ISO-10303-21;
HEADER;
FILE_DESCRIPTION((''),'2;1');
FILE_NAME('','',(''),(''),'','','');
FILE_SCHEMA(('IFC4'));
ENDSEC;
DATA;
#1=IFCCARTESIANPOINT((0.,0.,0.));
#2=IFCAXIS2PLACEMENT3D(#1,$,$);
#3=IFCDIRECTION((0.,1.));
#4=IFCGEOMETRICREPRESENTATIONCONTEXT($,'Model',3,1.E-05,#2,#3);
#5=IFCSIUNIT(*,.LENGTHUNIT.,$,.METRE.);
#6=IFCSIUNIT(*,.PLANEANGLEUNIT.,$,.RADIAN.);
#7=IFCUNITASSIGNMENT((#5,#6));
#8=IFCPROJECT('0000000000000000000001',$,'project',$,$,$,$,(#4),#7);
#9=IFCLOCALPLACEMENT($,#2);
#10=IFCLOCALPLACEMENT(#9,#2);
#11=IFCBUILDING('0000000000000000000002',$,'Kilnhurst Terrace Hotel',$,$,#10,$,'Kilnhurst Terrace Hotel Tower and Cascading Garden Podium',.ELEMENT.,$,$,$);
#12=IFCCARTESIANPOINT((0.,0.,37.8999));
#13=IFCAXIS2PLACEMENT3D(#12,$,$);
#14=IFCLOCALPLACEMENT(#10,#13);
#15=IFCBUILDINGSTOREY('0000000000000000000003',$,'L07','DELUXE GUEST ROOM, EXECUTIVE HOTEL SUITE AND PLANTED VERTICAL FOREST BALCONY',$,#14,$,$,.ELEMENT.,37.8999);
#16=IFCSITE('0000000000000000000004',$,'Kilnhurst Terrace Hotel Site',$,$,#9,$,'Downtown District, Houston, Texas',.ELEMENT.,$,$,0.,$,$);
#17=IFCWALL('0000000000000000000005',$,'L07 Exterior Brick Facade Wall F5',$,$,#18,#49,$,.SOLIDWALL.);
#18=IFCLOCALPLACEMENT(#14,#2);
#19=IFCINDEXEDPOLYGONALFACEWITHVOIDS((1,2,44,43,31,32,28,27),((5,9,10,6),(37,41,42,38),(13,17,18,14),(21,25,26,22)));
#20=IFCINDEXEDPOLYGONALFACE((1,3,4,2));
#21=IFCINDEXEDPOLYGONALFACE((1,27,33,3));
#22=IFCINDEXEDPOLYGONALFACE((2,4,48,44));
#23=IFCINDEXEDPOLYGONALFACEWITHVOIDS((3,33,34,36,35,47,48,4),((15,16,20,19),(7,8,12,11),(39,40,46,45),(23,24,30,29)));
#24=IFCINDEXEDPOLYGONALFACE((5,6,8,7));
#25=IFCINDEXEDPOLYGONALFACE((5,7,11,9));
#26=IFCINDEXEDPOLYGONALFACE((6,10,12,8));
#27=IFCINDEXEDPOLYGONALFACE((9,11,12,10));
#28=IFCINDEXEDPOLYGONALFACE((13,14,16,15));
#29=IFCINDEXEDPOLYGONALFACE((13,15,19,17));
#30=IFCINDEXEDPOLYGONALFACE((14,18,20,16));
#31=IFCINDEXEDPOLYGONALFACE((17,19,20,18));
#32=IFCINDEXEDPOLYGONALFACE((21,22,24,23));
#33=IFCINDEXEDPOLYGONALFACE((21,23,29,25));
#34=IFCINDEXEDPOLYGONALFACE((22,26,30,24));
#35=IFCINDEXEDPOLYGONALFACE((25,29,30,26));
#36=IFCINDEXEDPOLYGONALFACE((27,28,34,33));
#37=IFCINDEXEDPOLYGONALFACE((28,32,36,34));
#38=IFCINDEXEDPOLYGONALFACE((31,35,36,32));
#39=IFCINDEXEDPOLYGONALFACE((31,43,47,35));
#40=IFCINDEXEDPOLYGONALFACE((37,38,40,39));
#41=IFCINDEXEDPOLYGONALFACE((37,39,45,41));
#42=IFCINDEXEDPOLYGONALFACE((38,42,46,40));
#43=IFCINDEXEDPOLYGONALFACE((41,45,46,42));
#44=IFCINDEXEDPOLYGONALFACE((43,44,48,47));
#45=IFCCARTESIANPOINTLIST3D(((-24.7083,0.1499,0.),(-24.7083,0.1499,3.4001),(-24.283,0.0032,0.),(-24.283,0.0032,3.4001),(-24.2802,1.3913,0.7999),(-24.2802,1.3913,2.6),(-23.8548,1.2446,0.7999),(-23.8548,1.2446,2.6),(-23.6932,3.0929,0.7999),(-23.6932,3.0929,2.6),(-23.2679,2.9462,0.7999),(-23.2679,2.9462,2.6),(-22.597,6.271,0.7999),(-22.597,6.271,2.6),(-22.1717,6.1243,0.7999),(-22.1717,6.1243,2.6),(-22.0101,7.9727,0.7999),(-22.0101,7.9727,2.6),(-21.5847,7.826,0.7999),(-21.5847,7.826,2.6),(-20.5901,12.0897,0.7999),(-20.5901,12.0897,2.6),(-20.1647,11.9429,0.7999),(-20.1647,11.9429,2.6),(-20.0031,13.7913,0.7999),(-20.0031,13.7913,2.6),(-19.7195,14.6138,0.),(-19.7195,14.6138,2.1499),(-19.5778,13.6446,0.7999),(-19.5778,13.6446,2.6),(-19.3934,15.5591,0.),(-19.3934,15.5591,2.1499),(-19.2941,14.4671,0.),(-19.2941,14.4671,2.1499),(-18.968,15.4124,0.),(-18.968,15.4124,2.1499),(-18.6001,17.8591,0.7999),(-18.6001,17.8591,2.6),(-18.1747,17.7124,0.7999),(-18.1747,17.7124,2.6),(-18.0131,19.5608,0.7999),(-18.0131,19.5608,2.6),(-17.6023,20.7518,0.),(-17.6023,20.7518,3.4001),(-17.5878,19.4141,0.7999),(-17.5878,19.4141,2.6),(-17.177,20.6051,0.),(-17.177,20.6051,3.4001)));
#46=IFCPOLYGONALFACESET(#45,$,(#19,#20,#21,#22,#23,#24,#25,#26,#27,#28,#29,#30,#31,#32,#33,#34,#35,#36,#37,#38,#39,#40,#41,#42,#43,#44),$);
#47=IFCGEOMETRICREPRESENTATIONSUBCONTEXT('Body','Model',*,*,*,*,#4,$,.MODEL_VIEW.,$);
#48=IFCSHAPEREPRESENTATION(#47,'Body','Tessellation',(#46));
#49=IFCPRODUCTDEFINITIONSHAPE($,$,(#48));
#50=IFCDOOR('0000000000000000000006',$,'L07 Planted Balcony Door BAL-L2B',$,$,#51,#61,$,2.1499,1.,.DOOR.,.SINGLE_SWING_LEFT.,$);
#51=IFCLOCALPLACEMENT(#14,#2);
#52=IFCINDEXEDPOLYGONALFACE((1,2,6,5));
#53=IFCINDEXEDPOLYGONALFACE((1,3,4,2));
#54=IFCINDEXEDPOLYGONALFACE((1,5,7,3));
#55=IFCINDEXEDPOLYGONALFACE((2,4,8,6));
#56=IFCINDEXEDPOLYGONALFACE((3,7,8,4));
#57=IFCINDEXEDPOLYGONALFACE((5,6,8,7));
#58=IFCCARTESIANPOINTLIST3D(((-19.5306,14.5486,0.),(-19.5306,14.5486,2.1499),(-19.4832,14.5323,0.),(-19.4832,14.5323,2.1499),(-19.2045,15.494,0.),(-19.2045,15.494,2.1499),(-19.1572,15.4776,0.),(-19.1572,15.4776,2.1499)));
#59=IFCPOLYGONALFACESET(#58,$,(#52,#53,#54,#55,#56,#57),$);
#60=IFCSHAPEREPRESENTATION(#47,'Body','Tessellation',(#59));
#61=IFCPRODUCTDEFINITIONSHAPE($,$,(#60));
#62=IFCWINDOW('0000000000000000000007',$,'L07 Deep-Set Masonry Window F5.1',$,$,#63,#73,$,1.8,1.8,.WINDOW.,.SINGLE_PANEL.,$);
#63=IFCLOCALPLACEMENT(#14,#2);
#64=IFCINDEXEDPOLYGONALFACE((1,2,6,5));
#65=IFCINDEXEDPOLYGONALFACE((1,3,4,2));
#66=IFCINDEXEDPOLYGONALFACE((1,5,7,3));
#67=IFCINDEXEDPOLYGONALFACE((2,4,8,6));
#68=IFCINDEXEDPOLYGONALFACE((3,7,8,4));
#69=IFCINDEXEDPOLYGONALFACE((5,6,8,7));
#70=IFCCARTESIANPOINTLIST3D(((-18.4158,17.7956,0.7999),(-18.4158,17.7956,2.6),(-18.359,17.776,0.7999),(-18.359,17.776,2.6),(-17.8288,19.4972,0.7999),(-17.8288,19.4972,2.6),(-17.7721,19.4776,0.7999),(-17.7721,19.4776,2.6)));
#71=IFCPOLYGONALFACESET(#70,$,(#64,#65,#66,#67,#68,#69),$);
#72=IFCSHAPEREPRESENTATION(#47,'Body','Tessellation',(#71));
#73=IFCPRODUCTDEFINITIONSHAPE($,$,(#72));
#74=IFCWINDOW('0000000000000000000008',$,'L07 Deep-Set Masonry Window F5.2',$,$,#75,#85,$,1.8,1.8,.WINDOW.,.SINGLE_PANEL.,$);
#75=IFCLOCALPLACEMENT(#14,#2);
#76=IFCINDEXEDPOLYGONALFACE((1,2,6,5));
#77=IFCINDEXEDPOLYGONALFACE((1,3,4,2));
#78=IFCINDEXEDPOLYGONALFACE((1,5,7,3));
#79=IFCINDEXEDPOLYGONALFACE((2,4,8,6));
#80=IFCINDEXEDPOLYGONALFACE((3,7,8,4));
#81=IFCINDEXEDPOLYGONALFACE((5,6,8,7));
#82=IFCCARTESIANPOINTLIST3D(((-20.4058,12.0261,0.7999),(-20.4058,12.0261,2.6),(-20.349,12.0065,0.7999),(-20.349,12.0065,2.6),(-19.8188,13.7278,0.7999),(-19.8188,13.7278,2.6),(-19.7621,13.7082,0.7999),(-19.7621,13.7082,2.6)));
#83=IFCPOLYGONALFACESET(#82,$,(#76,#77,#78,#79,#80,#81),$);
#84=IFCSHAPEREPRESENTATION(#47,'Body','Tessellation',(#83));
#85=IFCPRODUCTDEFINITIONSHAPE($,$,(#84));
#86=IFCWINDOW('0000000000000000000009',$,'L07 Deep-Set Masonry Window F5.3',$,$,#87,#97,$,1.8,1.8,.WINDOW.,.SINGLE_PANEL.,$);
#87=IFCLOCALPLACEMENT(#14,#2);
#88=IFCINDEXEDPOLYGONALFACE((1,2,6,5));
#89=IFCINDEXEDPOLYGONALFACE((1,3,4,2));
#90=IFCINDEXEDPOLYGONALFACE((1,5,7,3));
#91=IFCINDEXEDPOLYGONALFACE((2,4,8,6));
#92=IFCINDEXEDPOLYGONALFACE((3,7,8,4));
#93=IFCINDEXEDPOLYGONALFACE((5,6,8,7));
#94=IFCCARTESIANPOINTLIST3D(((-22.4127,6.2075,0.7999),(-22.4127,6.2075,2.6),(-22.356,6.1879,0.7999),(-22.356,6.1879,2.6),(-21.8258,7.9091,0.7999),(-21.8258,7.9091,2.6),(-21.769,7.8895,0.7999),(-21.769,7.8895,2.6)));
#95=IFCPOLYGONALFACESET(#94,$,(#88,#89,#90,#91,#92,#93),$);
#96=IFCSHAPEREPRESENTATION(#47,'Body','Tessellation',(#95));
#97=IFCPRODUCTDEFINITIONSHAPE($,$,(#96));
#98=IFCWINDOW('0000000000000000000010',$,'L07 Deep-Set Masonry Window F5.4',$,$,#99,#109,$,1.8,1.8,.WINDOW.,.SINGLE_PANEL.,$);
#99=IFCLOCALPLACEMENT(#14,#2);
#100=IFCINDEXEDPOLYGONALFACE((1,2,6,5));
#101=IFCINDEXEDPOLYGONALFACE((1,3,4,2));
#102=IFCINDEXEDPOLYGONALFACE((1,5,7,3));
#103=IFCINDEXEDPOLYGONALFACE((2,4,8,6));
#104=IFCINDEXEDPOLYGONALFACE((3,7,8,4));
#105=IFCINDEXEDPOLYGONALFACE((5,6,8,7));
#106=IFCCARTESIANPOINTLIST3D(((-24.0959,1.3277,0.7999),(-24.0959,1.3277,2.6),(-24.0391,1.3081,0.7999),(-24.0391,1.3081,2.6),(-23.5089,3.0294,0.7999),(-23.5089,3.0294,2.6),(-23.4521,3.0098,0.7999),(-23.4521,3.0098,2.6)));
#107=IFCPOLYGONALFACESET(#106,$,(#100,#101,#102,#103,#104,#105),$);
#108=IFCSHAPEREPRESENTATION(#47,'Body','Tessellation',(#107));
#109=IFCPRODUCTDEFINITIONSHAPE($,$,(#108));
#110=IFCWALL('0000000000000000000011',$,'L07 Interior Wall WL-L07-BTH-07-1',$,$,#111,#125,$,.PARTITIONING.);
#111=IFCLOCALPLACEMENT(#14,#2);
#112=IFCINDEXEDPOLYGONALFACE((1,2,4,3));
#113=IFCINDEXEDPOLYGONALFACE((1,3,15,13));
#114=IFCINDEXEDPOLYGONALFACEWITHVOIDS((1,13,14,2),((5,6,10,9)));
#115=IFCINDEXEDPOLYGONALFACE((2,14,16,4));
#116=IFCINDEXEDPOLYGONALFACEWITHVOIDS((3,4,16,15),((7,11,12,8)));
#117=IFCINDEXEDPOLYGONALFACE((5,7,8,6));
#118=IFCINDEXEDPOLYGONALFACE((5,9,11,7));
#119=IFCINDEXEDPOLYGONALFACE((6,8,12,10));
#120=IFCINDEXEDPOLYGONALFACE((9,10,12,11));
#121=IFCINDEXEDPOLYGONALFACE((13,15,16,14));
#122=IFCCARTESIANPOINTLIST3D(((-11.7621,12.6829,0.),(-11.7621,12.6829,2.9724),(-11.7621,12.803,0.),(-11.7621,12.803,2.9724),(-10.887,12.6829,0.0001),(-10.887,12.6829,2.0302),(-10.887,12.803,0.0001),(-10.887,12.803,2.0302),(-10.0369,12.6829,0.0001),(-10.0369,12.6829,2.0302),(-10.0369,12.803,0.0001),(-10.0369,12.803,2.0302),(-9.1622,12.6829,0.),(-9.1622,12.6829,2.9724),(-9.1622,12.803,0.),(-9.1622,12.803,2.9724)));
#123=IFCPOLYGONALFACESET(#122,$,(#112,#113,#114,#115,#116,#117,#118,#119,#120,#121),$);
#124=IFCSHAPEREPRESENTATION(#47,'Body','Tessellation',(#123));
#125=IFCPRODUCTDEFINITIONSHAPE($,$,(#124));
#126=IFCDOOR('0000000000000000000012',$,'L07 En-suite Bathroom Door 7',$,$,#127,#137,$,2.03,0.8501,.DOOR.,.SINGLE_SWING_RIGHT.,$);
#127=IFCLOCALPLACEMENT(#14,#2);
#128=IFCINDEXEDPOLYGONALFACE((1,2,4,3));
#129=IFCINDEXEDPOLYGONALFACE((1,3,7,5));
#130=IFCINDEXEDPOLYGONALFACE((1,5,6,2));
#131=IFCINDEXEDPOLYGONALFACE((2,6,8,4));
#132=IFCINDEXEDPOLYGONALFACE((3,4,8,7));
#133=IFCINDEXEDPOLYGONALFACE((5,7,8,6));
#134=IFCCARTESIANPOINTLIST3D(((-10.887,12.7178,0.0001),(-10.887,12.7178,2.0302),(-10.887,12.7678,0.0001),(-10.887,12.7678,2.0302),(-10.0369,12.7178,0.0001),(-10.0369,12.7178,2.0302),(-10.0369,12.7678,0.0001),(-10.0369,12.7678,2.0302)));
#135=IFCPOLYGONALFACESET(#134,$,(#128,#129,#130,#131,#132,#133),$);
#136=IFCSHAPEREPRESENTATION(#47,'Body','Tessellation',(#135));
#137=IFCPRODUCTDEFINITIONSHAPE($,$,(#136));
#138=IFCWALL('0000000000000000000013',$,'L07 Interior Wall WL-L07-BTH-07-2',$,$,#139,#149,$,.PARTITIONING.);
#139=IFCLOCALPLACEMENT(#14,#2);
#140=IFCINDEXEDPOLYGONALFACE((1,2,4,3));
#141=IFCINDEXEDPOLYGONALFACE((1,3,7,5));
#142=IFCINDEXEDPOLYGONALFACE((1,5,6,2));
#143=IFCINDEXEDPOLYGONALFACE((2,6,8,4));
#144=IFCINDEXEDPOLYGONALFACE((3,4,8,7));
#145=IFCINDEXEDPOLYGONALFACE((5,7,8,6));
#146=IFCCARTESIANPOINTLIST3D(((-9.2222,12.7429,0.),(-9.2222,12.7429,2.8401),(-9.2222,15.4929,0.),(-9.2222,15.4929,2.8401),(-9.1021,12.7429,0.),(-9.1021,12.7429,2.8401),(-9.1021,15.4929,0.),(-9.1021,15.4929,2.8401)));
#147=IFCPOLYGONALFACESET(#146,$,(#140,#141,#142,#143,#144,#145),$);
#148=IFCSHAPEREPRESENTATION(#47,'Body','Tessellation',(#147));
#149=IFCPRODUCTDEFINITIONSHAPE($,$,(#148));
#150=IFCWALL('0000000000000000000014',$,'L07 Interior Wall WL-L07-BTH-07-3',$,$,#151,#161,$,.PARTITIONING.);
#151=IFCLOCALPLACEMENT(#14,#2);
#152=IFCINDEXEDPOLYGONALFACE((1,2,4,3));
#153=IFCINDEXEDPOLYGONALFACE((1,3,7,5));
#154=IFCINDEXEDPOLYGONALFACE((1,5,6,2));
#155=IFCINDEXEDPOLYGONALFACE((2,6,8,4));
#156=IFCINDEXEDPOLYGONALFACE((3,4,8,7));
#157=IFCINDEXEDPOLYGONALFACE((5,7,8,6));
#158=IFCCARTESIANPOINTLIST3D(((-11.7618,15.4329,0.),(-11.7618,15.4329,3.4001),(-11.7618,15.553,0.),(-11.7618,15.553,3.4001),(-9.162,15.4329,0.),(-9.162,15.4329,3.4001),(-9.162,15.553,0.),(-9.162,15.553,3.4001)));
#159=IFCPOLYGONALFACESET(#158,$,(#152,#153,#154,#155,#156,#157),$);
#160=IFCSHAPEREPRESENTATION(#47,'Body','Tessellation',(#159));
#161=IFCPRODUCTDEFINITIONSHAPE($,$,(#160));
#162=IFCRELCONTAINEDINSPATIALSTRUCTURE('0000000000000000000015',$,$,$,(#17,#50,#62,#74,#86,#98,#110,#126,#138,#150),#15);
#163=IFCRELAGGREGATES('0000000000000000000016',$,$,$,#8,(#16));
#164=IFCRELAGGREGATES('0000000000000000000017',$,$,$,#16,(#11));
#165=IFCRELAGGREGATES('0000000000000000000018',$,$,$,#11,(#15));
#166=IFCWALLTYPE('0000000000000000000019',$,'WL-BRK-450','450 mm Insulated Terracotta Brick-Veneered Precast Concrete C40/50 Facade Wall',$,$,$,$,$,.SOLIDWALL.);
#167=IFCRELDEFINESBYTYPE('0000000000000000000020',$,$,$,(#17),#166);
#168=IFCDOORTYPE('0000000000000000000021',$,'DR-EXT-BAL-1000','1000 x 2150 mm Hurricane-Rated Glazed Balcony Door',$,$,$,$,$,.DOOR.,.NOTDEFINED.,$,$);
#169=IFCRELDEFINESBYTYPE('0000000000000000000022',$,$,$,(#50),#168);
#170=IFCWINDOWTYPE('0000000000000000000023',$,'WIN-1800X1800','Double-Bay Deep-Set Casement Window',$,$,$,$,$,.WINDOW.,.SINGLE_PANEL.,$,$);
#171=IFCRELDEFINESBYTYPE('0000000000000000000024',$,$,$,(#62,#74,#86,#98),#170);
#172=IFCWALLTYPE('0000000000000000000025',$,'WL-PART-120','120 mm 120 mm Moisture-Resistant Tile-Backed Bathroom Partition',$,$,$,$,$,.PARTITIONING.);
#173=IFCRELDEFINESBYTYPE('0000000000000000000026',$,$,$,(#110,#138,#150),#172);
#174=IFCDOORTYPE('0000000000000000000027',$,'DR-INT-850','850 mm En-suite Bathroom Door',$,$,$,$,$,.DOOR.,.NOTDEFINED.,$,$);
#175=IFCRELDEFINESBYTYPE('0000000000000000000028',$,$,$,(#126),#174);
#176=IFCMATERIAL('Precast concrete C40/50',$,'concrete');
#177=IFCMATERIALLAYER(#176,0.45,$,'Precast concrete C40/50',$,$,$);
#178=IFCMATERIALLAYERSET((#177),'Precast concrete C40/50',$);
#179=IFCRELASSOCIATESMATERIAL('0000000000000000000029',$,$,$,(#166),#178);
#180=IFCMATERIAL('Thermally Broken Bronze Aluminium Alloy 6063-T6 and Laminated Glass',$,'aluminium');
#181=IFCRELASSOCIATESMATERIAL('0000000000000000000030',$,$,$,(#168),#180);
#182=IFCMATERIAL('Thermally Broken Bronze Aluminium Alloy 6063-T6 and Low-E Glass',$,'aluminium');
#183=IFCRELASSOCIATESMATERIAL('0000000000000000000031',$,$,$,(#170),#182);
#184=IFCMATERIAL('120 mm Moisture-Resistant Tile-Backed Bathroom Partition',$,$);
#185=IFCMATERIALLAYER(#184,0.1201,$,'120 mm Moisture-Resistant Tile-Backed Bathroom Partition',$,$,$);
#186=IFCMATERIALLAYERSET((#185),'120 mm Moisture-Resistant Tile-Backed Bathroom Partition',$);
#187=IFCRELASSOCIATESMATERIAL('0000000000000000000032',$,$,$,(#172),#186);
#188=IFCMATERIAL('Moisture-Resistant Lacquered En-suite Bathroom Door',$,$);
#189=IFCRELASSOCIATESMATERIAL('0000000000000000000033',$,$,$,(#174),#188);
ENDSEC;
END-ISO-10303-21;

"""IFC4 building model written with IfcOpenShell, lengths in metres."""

from ifc_helpers import new_model, si_unit, direction, frame, frame_2d, origin, place, context, subcontext, project, spatial, rectangle, extrude, material, layer, layer_set, type_object, element, fill, save


model = new_model("IFC4")

# Units and contexts
model_context = context("Model", 3, precision=1e-05, world=origin(), true_north=direction((0.0, 1.0)))
body_context = subcontext(model_context, "Body", "Model", "MODEL_VIEW")
ifc_project = project(units=[si_unit("LENGTHUNIT", "METRE"), si_unit("PLANEANGLEUNIT", "RADIAN")], contexts=[model_context])

# Site, building, storey
site_placement = place(None, origin())
site = spatial("IfcSite", under=ifc_project, at=site_placement, Name="Kilnhurst Terrace Hotel Site", LongName="Downtown District, Houston, Texas", CompositionType="ELEMENT", RefElevation=0.0)
building_placement = place(site_placement, origin())
building = spatial("IfcBuilding", under=site, at=building_placement, Name="Kilnhurst Terrace Hotel", LongName="Kilnhurst Terrace Hotel Tower and Cascading Garden Podium", CompositionType="ELEMENT")
storey_placement = place(building_placement, frame((0.0, 0.0, 37.8999)))
storey = spatial("IfcBuildingStorey", under=building, at=storey_placement, Name="L07", Description="DELUXE GUEST ROOM, EXECUTIVE HOTEL SUITE AND PLANTED VERTICAL FOREST BALCONY", CompositionType="ELEMENT", Elevation=37.8999)

# Shared definitions
ifc_material_1 = material(Name="Precast concrete C40/50", Category="concrete")
ifc_layer_1 = layer(ifc_material_1, 0.45, Name="Precast concrete C40/50")
ifc_layer_set_1 = layer_set([ifc_layer_1], Name="Precast concrete C40/50")
wall_type_1 = type_object("IfcWallType", Name="WL-BRK-450", Description="450 mm Insulated Terracotta Brick-Veneered Precast Concrete C40/50 Facade Wall", PredefinedType="SOLIDWALL", material=ifc_layer_set_1)

# Wall, openings, door, windows
wall_1_placement = place(storey_placement, frame((-17.3896, 20.6785, 0.0), z_axis=(0.0, 0.0, 1.0), x_axis=(-0.326068, -0.945346, 0.0)))
wall_1 = element("IfcWall", 1, at=wall_1_placement, inside=storey, type_object=wall_type_1, Name="L07 Exterior Brick Facade Wall F5", PredefinedType="SOLIDWALL", context=body_context, shape_type="SweptSolid", body=[
    extrude(rectangle(XDim=21.793, YDim=0.45, at=frame_2d((10.8965, 0.0))), origin(), (0.0, 0.0, 1.0), 3.4001),
])
opening_1_placement = place(wall_1_placement, frame((5.4929, 0.0, 0.0)))
opening_1 = element("IfcOpeningElement", 2, at=opening_1_placement, cuts=wall_1, PredefinedType="OPENING", context=body_context, shape_type="SweptSolid", body=[
    extrude(rectangle(XDim=1.0, YDim=2.1499, at=frame_2d((0.5, 1.075))), frame((0.0, 0.2349, 0.0), z_axis=(0.0, -1.0, 0.0), x_axis=(1.0, 0.0, 0.0)), (0.0, 0.0, 1.0), 0.47),
])
opening_2_placement = place(wall_1_placement, frame((1.26, 0.0, 0.8)))
opening_2 = element("IfcOpeningElement", 3, at=opening_2_placement, cuts=wall_1, PredefinedType="OPENING", context=body_context, shape_type="SweptSolid", body=[
    extrude(rectangle(XDim=1.8, YDim=1.8, at=frame_2d((0.8999, 0.8999))), frame((0.0, 0.2349, 0.0), z_axis=(0.0, -1.0, 0.0), x_axis=(1.0, 0.0, 0.0)), (0.0, 0.0, 1.0), 0.47),
])
opening_3_placement = place(wall_1_placement, frame((7.363, 0.0, 0.8)))
opening_3 = element("IfcOpeningElement", 4, at=opening_3_placement, cuts=wall_1, PredefinedType="OPENING", context=body_context, shape_type="SweptSolid", body=[
    extrude(rectangle(XDim=1.8, YDim=1.8, at=frame_2d((0.8999, 0.8999))), frame((0.0, 0.2349, 0.0), z_axis=(0.0, -1.0, 0.0), x_axis=(1.0, 0.0, 0.0)), (0.0, 0.0, 1.0), 0.47),
])
opening_4_placement = place(wall_1_placement, frame((13.5181, 0.0, 0.8)))
opening_4 = element("IfcOpeningElement", 5, at=opening_4_placement, cuts=wall_1, PredefinedType="OPENING", context=body_context, shape_type="SweptSolid", body=[
    extrude(rectangle(XDim=1.8, YDim=1.8, at=frame_2d((0.8999, 0.8999))), frame((0.0, 0.2349, 0.0), z_axis=(0.0, -1.0, 0.0), x_axis=(1.0, 0.0, 0.0)), (0.0, 0.0, 1.0), 0.47),
])
opening_5_placement = place(wall_1_placement, frame((18.6799, 0.0, 0.8)))
opening_5 = element("IfcOpeningElement", 6, at=opening_5_placement, cuts=wall_1, PredefinedType="OPENING", context=body_context, shape_type="SweptSolid", body=[
    extrude(rectangle(XDim=1.8, YDim=1.8, at=frame_2d((0.8999, 0.8999))), frame((0.0, 0.2349, 0.0), z_axis=(0.0, -1.0, 0.0), x_axis=(1.0, 0.0, 0.0)), (0.0, 0.0, 1.0), 0.47),
])
ifc_material_2 = material(Name="Thermally Broken Bronze Aluminium Alloy 6063-T6 and Laminated Glass", Category="aluminium")
door_type_1 = type_object("IfcDoorType", Name="DR-EXT-BAL-1000", Description="1000 x 2150 mm Hurricane-Rated Glazed Balcony Door", OperationType="NOTDEFINED", PredefinedType="DOOR", material=ifc_material_2)
door_1_placement = place(opening_1_placement, origin())
door_1 = element("IfcDoor", 7, at=door_1_placement, inside=storey, type_object=door_type_1, Name="L07 Planted Balcony Door BAL-L2B", OperationType="SINGLE_SWING_LEFT", OverallHeight=2.1499, OverallWidth=1.0, PredefinedType="DOOR", context=body_context, shape_type="SweptSolid", body=[
    extrude(rectangle(XDim=1.0, YDim=2.1499, at=frame_2d((0.5, 1.075))), frame((0.0, 0.0249, 0.0), z_axis=(0.0, -1.0, 0.0), x_axis=(1.0, 0.0, 0.0)), (0.0, 0.0, 1.0), 0.05),
])
fill(opening_1, door_1)
ifc_material_3 = material(Name="Thermally Broken Bronze Aluminium Alloy 6063-T6 and Low-E Glass", Category="aluminium")
window_type = type_object("IfcWindowType", Name="WIN-1800X1800", Description="Double-Bay Deep-Set Casement Window", PartitioningType="SINGLE_PANEL", PredefinedType="WINDOW", material=ifc_material_3)
window_1_placement = place(opening_2_placement, origin())
window_1 = element("IfcWindow", 8, at=window_1_placement, inside=storey, type_object=window_type, Name="L07 Deep-Set Masonry Window F5.1", OverallHeight=1.8, OverallWidth=1.8, PartitioningType="SINGLE_PANEL", PredefinedType="WINDOW", context=body_context, shape_type="SweptSolid", body=[
    extrude(rectangle(XDim=1.8, YDim=1.8, at=frame_2d((0.8999, 0.8999))), frame((0.0, 0.03, 0.0), z_axis=(0.0, -1.0, 0.0), x_axis=(1.0, 0.0, 0.0)), (0.0, 0.0, 1.0), 0.0601),
])
fill(opening_2, window_1)
window_2_placement = place(opening_3_placement, origin())
window_2 = element("IfcWindow", 9, at=window_2_placement, inside=storey, type_object=window_type, Name="L07 Deep-Set Masonry Window F5.2", OverallHeight=1.8, OverallWidth=1.8, PartitioningType="SINGLE_PANEL", PredefinedType="WINDOW", context=body_context, shape_type="SweptSolid", body=[
    extrude(rectangle(XDim=1.8, YDim=1.8, at=frame_2d((0.8999, 0.8999))), frame((0.0, 0.03, 0.0), z_axis=(0.0, -1.0, 0.0), x_axis=(1.0, 0.0, 0.0)), (0.0, 0.0, 1.0), 0.0601),
])
fill(opening_3, window_2)
window_3_placement = place(opening_4_placement, origin())
window_3 = element("IfcWindow", 10, at=window_3_placement, inside=storey, type_object=window_type, Name="L07 Deep-Set Masonry Window F5.3", OverallHeight=1.8, OverallWidth=1.8, PartitioningType="SINGLE_PANEL", PredefinedType="WINDOW", context=body_context, shape_type="SweptSolid", body=[
    extrude(rectangle(XDim=1.8, YDim=1.8, at=frame_2d((0.8999, 0.8999))), frame((0.0, 0.03, 0.0), z_axis=(0.0, -1.0, 0.0), x_axis=(1.0, 0.0, 0.0)), (0.0, 0.0, 1.0), 0.0601),
])
fill(opening_4, window_3)
window_4_placement = place(opening_5_placement, origin())
window_4 = element("IfcWindow", 11, at=window_4_placement, inside=storey, type_object=window_type, Name="L07 Deep-Set Masonry Window F5.4", OverallHeight=1.8, OverallWidth=1.8, PartitioningType="SINGLE_PANEL", PredefinedType="WINDOW", context=body_context, shape_type="SweptSolid", body=[
    extrude(rectangle(XDim=1.8, YDim=1.8, at=frame_2d((0.8999, 0.8999))), frame((0.0, 0.03, 0.0), z_axis=(0.0, -1.0, 0.0), x_axis=(1.0, 0.0, 0.0)), (0.0, 0.0, 1.0), 0.0601),
])
fill(opening_5, window_4)

# Wall, opening, door
ifc_material_4 = material(Name="120 mm Moisture-Resistant Tile-Backed Bathroom Partition")
ifc_layer_2 = layer(ifc_material_4, 0.1201, Name="120 mm Moisture-Resistant Tile-Backed Bathroom Partition")
ifc_layer_set_2 = layer_set([ifc_layer_2], Name="120 mm Moisture-Resistant Tile-Backed Bathroom Partition")
wall_type_2 = type_object("IfcWallType", Name="WL-PART-120", Description="120 mm 120 mm Moisture-Resistant Tile-Backed Bathroom Partition", PredefinedType="PARTITIONING", material=ifc_layer_set_2)
wall_2_placement = place(storey_placement, frame((-11.762, 12.7429, 0.0), z_axis=(0.0, 0.0, 1.0), x_axis=(1.0, 0.0, 0.0)))
wall_2 = element("IfcWall", 12, at=wall_2_placement, inside=storey, type_object=wall_type_2, Name="L07 Interior Wall WL-L07-BTH-07-1", PredefinedType="PARTITIONING", context=body_context, shape_type="SweptSolid", body=[
    extrude(rectangle(XDim=2.5999, YDim=0.1201, at=frame_2d((1.2998, 0.0))), origin(), (0.0, 0.0, 1.0), 2.9724),
])
opening_6_placement = place(wall_2_placement, frame((0.875, 0.0, 0.0)))
opening_6 = element("IfcOpeningElement", 13, at=opening_6_placement, cuts=wall_2, PredefinedType="OPENING", context=body_context, shape_type="SweptSolid", body=[
    extrude(rectangle(XDim=0.8501, YDim=2.03, at=frame_2d((0.425, 1.0151))), frame((0.0, 0.0701, 0.0), z_axis=(0.0, -1.0, 0.0), x_axis=(1.0, 0.0, 0.0)), (0.0, 0.0, 1.0), 0.1401),
])
ifc_material_5 = material(Name="Moisture-Resistant Lacquered En-suite Bathroom Door")
door_type_2 = type_object("IfcDoorType", Name="DR-INT-850", Description="850 mm En-suite Bathroom Door", OperationType="NOTDEFINED", PredefinedType="DOOR", material=ifc_material_5)
door_2_placement = place(opening_6_placement, origin())
door_2 = element("IfcDoor", 14, at=door_2_placement, inside=storey, type_object=door_type_2, Name="L07 En-suite Bathroom Door 7", OperationType="SINGLE_SWING_RIGHT", OverallHeight=2.03, OverallWidth=0.8501, PredefinedType="DOOR", context=body_context, shape_type="SweptSolid", body=[
    extrude(rectangle(XDim=0.8501, YDim=2.03, at=frame_2d((0.425, 1.0151))), frame((0.0, 0.0249, 0.0), z_axis=(0.0, -1.0, 0.0), x_axis=(1.0, 0.0, 0.0)), (0.0, 0.0, 1.0), 0.05),
])
fill(opening_6, door_2)

# Walls
wall_3_placement = place(storey_placement, frame((-9.1621, 12.7429, 0.0), z_axis=(0.0, 0.0, 1.0), x_axis=(0.0, 1.0, 0.0)))
element("IfcWall", 15, at=wall_3_placement, inside=storey, type_object=wall_type_2, Name="L07 Interior Wall WL-L07-BTH-07-2", PredefinedType="PARTITIONING", context=body_context, shape_type="SweptSolid", body=[
    extrude(rectangle(XDim=2.75, YDim=0.1201, at=frame_2d((1.375, 0.0))), origin(), (0.0, 0.0, 1.0), 2.8401),
])
wall_4_placement = place(storey_placement, frame((-9.1621, 15.4929, 0.0), z_axis=(0.0, 0.0, 1.0), x_axis=(-1.0, 0.0, 0.0)))
element("IfcWall", 16, at=wall_4_placement, inside=storey, type_object=wall_type_2, Name="L07 Interior Wall WL-L07-BTH-07-3", PredefinedType="PARTITIONING", context=body_context, shape_type="SweptSolid", body=[
    extrude(rectangle(XDim=2.5999, YDim=0.1201, at=frame_2d((1.2998, 0.0))), origin(), (0.0, 0.0, 1.0), 3.4001),
])

save(model, "model.ifc")
